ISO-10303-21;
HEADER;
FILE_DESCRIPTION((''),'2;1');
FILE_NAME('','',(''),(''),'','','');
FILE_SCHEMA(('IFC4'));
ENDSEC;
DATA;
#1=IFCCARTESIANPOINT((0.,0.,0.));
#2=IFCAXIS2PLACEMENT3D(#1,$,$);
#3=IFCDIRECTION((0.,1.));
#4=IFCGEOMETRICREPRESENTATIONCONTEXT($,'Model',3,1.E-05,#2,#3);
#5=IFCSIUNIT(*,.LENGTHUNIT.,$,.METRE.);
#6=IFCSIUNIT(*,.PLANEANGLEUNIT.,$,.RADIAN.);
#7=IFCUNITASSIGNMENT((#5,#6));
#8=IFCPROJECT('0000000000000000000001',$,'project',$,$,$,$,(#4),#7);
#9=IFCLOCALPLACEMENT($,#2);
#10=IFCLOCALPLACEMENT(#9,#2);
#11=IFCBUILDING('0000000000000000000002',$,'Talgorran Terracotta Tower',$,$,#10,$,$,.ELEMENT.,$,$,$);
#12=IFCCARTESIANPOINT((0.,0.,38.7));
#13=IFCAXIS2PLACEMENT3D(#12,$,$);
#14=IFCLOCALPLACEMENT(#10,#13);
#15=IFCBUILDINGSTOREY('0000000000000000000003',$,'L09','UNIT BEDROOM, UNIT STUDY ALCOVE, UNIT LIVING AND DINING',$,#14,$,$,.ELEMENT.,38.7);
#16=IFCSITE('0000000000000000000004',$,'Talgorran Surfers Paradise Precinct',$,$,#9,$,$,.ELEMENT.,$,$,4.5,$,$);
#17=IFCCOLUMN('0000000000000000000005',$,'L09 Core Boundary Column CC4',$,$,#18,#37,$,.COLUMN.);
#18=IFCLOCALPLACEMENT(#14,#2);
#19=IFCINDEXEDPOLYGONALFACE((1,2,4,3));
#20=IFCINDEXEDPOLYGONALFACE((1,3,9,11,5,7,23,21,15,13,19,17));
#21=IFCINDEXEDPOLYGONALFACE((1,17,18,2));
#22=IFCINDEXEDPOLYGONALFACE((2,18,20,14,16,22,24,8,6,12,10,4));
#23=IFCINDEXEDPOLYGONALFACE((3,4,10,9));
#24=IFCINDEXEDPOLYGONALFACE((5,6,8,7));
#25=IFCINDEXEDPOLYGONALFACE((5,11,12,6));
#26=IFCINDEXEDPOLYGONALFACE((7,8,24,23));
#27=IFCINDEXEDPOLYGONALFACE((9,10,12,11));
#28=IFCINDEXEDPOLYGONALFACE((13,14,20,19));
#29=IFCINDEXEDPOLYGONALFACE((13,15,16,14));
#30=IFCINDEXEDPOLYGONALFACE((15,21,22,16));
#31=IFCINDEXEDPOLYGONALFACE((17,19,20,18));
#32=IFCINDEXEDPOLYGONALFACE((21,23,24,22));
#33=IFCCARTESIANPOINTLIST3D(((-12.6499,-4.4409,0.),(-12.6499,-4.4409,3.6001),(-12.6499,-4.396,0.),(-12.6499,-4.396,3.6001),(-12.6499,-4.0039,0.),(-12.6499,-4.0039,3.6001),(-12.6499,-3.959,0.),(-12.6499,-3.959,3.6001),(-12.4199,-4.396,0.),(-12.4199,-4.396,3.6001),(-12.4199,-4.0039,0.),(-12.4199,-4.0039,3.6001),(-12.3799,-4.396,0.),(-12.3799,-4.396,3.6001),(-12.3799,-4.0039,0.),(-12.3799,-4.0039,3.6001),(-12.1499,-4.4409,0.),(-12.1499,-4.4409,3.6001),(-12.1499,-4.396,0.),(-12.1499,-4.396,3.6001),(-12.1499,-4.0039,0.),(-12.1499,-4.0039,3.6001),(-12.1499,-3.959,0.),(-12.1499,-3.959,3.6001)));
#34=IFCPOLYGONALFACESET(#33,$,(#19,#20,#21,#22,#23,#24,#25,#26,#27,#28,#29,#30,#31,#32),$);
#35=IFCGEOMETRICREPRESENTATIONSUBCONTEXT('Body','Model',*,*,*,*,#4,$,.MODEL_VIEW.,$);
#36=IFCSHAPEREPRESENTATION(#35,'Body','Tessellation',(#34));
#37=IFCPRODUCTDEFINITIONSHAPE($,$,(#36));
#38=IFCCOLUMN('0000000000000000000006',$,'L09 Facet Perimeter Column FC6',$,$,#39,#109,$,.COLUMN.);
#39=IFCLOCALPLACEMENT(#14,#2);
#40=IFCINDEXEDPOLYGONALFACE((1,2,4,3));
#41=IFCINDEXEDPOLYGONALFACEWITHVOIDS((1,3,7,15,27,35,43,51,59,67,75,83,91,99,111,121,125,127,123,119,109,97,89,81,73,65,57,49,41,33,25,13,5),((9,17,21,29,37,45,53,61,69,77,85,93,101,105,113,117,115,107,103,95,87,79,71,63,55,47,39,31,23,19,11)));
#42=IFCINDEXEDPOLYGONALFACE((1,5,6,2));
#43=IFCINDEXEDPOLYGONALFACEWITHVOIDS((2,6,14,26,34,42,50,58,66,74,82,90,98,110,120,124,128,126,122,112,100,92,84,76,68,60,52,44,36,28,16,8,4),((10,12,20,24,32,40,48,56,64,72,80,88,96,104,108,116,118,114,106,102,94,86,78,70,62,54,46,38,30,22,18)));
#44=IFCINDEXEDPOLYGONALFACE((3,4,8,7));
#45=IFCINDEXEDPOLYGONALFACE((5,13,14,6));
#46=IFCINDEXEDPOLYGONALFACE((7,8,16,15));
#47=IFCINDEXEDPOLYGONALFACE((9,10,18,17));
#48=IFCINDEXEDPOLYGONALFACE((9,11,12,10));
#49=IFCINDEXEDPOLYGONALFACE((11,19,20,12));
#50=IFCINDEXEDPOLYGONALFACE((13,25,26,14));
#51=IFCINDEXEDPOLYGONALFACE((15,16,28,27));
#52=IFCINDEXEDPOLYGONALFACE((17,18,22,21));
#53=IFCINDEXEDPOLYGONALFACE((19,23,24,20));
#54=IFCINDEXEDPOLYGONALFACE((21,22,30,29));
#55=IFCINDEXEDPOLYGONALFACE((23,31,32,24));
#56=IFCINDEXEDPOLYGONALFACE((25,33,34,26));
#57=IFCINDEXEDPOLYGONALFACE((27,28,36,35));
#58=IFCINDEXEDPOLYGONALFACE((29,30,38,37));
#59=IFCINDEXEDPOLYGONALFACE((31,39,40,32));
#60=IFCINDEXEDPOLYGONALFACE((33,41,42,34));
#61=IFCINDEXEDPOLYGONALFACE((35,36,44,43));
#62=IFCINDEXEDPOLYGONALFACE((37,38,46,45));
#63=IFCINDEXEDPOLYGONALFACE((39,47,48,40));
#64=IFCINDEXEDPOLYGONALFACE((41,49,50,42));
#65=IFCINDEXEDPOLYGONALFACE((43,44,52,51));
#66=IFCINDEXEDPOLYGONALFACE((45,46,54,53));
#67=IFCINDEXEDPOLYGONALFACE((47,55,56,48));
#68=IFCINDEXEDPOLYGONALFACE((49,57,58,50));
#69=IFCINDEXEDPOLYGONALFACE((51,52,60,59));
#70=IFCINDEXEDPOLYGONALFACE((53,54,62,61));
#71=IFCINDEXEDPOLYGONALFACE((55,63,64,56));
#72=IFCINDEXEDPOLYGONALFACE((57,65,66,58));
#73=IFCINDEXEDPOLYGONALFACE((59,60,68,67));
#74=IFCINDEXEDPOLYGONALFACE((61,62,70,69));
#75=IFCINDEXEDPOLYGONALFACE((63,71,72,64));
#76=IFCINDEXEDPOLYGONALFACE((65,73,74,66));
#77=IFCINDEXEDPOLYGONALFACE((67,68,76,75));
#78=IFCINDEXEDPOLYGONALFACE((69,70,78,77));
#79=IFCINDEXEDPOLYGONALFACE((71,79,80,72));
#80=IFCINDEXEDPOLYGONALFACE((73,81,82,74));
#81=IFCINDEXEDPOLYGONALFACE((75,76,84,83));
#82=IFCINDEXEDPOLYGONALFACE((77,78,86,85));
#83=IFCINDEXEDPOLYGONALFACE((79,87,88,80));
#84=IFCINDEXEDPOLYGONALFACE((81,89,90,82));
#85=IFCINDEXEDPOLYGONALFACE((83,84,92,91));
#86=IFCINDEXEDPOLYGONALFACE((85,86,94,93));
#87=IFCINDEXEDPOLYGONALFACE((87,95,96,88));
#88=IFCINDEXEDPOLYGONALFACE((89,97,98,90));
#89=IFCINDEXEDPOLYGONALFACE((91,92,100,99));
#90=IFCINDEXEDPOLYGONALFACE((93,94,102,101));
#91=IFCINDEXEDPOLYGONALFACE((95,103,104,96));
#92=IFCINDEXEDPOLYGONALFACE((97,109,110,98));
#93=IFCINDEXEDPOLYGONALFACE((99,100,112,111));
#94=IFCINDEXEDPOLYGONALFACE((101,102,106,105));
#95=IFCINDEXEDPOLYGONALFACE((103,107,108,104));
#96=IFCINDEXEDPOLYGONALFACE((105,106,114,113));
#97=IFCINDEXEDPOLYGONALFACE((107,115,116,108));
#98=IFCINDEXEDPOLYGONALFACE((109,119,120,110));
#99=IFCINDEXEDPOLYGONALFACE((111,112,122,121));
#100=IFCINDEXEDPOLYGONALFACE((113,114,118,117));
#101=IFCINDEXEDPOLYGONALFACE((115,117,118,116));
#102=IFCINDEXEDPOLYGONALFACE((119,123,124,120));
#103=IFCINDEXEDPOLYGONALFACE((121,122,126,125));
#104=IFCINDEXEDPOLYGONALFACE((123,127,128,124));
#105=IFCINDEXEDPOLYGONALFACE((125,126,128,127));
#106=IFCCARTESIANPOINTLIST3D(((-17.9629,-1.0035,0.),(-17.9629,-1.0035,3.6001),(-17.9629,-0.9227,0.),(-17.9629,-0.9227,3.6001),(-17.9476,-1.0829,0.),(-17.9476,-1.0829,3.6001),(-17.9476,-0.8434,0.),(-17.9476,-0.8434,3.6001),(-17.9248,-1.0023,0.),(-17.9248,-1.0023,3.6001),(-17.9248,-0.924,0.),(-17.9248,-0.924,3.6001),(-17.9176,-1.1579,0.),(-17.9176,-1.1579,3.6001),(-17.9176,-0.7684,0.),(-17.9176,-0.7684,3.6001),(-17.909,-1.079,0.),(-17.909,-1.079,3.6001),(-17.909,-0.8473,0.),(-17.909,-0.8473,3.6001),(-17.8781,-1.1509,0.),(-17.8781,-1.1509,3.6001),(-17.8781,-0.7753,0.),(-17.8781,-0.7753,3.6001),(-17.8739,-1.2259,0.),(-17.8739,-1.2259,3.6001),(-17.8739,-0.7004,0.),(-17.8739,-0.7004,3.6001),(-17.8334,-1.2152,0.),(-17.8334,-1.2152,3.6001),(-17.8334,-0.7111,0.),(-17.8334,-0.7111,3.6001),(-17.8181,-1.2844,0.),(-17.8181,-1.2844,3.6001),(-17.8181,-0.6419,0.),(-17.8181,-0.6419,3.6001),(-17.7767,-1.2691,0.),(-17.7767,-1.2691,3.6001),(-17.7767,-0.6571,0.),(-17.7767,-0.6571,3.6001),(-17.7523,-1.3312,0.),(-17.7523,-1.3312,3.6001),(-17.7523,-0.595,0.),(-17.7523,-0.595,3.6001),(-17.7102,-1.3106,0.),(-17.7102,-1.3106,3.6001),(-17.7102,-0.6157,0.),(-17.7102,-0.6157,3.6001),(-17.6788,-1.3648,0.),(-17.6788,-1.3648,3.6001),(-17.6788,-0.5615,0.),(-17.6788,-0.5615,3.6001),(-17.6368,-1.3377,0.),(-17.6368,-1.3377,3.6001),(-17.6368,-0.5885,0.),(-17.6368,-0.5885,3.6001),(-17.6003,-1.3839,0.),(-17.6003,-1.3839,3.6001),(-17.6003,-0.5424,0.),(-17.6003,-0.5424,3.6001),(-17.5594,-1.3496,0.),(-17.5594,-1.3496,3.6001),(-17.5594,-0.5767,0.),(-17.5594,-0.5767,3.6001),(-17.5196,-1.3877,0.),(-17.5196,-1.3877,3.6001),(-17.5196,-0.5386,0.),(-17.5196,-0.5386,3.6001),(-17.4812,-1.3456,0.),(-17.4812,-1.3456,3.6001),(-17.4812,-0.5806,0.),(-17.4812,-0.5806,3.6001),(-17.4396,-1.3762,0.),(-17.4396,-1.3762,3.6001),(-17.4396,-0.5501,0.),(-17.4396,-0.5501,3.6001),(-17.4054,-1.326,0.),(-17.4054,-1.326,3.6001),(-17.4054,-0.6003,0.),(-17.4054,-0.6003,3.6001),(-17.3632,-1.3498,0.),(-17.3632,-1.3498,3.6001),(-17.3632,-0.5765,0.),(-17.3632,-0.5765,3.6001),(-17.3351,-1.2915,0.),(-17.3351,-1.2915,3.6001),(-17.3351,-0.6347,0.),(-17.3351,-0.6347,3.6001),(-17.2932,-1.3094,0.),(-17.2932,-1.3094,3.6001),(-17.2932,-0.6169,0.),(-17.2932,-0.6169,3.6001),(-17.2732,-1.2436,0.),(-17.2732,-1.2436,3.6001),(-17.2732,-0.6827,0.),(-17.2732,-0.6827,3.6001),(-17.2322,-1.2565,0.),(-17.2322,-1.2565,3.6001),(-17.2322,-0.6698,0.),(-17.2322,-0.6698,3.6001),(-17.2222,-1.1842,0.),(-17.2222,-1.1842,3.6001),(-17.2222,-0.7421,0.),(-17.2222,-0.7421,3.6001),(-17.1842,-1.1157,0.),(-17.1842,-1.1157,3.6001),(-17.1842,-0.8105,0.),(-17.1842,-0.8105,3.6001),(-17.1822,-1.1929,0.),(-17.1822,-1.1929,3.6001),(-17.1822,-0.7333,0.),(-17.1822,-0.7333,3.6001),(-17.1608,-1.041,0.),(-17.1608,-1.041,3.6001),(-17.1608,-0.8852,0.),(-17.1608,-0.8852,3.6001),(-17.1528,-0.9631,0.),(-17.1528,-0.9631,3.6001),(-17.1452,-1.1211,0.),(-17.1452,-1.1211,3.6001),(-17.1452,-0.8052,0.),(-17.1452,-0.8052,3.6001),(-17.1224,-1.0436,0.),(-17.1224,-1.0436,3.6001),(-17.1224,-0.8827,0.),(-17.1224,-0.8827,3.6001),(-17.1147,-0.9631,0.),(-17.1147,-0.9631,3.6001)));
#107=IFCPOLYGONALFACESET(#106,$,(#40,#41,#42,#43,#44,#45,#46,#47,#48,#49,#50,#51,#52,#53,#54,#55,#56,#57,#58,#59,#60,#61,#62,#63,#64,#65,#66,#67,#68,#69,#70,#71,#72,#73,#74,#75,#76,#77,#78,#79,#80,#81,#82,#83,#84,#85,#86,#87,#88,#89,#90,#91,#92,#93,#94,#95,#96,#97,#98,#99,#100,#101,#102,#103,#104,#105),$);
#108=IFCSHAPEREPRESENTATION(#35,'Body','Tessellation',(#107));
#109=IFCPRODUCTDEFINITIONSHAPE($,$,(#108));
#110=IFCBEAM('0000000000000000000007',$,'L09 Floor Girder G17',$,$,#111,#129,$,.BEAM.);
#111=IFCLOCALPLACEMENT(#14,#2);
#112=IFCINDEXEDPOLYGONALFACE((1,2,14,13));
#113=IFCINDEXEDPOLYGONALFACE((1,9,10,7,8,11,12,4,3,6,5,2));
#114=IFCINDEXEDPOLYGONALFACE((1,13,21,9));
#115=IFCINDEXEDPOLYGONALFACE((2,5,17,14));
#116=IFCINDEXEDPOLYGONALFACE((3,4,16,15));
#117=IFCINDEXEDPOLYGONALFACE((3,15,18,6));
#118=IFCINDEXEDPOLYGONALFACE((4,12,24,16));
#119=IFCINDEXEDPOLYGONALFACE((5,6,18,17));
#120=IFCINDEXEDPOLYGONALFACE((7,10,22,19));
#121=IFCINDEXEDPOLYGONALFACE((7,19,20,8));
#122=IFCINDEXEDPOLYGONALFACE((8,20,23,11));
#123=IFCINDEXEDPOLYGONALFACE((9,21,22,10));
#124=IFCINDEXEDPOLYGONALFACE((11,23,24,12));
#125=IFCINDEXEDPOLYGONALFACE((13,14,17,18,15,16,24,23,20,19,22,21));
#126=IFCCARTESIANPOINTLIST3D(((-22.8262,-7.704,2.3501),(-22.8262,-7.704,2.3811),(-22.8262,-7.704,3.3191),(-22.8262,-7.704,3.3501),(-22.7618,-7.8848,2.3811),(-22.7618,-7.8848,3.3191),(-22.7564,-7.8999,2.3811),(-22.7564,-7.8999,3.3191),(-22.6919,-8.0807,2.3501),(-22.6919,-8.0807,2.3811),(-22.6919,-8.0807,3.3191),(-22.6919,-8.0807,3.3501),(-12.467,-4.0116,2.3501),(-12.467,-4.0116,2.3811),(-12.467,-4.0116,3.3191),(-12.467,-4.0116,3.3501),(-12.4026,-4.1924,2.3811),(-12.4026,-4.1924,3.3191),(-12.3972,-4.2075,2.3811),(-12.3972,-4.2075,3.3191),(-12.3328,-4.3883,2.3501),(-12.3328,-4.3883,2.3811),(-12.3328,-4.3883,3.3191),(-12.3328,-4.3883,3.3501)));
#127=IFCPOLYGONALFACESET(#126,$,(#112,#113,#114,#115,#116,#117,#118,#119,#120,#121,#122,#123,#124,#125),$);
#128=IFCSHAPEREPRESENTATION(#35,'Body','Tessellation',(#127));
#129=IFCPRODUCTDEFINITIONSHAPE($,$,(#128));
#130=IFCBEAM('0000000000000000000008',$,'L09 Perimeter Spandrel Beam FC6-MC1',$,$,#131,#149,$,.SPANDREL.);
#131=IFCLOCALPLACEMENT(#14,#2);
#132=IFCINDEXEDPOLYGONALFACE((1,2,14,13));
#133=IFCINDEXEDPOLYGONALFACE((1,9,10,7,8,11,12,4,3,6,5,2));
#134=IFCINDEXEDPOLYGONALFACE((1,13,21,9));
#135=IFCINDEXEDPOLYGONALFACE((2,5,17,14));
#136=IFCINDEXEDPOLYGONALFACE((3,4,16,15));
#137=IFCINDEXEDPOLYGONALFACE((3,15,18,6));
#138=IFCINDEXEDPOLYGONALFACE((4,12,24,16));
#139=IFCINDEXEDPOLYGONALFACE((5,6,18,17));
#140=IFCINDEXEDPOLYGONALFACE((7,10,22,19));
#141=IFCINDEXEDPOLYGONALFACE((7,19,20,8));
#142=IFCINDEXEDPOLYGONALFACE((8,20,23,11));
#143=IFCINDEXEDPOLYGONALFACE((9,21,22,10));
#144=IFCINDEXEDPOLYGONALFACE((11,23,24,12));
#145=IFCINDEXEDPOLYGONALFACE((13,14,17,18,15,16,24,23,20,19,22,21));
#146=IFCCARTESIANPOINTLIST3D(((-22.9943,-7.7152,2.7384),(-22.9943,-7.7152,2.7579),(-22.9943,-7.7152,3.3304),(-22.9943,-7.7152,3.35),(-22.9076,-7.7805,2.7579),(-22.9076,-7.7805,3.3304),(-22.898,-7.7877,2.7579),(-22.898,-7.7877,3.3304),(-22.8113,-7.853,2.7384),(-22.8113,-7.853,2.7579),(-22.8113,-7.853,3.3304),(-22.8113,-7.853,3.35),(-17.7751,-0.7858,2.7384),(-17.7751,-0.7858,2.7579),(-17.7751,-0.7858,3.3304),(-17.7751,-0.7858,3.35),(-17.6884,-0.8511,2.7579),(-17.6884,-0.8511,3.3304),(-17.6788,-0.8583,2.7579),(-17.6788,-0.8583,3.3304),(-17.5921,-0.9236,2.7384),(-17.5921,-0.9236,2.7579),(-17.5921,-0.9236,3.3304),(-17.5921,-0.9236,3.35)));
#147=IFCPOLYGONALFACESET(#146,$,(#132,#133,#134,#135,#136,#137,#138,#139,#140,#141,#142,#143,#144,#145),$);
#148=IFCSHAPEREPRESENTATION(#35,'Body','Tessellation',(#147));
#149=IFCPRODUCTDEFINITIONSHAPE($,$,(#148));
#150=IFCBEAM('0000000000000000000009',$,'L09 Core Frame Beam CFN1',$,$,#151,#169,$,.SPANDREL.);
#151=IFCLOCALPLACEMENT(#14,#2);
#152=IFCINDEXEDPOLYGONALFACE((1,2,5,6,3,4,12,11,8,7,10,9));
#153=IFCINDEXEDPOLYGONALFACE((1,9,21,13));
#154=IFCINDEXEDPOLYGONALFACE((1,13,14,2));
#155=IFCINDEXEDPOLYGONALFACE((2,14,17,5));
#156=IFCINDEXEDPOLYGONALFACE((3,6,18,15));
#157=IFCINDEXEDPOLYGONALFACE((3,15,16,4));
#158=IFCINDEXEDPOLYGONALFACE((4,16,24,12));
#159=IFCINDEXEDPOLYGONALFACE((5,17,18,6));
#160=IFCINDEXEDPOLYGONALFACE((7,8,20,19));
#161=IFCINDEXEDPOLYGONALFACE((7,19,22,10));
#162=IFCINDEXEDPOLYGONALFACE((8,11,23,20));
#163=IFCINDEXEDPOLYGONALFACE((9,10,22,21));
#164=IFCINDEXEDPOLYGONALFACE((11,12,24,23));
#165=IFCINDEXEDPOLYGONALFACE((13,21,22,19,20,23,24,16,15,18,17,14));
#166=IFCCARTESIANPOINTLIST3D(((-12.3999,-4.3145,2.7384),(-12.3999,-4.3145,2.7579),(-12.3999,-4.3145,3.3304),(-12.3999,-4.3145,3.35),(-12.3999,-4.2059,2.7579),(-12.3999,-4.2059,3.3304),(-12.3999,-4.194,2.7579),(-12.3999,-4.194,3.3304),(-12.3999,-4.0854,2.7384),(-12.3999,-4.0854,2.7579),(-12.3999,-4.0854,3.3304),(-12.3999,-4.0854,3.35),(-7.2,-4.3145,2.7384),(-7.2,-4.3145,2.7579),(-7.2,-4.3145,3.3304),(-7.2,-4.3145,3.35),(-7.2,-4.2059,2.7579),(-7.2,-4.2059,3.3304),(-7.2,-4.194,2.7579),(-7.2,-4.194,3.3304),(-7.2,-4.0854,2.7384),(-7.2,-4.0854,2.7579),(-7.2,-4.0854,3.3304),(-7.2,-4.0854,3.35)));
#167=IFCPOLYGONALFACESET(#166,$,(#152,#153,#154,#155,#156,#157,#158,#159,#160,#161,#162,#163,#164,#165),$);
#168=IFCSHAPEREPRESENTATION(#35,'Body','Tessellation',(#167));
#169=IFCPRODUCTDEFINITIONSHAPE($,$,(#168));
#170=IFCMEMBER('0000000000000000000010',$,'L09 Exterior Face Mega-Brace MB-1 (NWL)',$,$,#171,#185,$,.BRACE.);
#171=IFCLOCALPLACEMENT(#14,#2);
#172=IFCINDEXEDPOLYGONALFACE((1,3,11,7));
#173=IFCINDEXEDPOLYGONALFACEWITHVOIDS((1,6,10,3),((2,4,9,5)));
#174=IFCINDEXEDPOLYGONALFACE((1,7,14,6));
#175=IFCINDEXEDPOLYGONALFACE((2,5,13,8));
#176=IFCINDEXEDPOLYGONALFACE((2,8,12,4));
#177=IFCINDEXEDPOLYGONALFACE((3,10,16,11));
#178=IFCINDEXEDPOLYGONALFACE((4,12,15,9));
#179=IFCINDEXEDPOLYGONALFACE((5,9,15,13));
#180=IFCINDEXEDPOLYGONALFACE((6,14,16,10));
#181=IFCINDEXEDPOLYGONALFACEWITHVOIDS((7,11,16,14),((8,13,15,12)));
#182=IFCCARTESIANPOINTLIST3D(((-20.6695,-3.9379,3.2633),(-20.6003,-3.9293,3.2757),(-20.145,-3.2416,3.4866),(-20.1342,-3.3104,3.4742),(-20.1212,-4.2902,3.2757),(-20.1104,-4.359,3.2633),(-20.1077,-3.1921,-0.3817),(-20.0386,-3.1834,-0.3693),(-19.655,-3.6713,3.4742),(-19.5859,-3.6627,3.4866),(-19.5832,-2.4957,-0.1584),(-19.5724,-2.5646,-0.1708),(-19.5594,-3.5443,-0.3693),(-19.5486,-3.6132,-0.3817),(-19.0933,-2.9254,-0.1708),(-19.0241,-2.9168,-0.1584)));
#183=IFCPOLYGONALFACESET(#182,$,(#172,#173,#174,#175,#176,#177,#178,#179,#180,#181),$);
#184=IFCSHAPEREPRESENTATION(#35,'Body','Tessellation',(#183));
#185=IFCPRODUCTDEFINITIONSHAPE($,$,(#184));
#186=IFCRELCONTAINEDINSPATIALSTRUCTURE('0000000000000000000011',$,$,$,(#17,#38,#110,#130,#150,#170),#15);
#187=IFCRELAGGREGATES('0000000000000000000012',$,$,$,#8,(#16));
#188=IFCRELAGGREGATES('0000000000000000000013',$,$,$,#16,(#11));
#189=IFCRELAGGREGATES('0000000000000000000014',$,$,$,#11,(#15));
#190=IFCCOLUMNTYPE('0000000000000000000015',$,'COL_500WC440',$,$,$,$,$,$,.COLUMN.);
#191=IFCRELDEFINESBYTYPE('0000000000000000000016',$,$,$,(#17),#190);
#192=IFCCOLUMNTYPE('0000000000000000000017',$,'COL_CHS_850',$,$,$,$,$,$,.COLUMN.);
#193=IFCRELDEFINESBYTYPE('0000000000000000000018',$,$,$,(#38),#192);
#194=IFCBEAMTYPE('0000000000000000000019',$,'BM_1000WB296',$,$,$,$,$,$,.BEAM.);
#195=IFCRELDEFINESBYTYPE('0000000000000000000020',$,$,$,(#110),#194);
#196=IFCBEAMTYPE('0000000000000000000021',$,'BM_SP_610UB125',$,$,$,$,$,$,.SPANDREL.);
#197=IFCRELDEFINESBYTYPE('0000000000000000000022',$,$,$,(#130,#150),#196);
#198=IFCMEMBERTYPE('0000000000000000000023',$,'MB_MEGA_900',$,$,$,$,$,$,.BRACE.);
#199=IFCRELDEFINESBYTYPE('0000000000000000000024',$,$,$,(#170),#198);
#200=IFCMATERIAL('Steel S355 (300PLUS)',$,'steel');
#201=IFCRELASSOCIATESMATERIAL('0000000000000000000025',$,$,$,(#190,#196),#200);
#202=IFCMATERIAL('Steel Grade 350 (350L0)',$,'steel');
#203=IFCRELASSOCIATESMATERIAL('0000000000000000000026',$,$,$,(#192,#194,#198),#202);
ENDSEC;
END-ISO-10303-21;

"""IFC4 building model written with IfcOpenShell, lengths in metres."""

from ifc_helpers import new_model, si_unit, direction, frame, origin, origin_2d, place, context, subcontext, project, spatial, hollow_rectangle, hollow_circle, i_section, extrude, material, material_profile, profile_set, type_object, element, save


model = new_model("IFC4")

# Units and contexts
model_context = context("Model", 3, precision=1e-05, world=origin(), true_north=direction((0.0, 1.0)))
body_context = subcontext(model_context, "Body", "Model", "MODEL_VIEW")
ifc_project = project(units=[si_unit("LENGTHUNIT", "METRE"), si_unit("PLANEANGLEUNIT", "RADIAN")], contexts=[model_context])

# Site, building, storey
site_placement = place(None, origin())
site = spatial("IfcSite", under=ifc_project, at=site_placement, Name="Talgorran Surfers Paradise Precinct", CompositionType="ELEMENT", RefElevation=4.5)
building_placement = place(site_placement, origin())
building = spatial("IfcBuilding", under=site, at=building_placement, Name="Talgorran Terracotta Tower", CompositionType="ELEMENT")
storey_placement = place(building_placement, frame((0.0, 0.0, 38.7)))
storey = spatial("IfcBuildingStorey", under=building, at=storey_placement, Name="L09", Description="UNIT BEDROOM, UNIT STUDY ALCOVE, UNIT LIVING AND DINING", CompositionType="ELEMENT", Elevation=38.7)

# Columns
ifc_material_1 = material(Name="Steel S355 (300PLUS)", Category="steel")
ifc_material_profile_1 = material_profile(ifc_material_1, i_section(OverallWidth=0.5, OverallDepth=0.4819, WebThickness=0.04, FlangeThickness=0.0449, at=origin_2d()), Name="500WC440")
ifc_profile_set_1 = profile_set([ifc_material_profile_1], Name="Steel S355 (300PLUS)")
column_type_1 = type_object("IfcColumnType", Name="COL_500WC440", PredefinedType="COLUMN", material=ifc_profile_set_1)
column_1_placement = place(storey_placement, frame((-12.3999, -4.2, 0.0), z_axis=(0.0, 0.0, 1.0), x_axis=(1.0, 0.0, 0.0)))
element("IfcColumn", 1, at=column_1_placement, inside=storey, type_object=column_type_1, Name="L09 Core Boundary Column CC4", PredefinedType="COLUMN", context=body_context, shape_type="SweptSolid", body=[
    extrude(i_section(OverallWidth=0.5, OverallDepth=0.4819, WebThickness=0.04, FlangeThickness=0.0449, at=origin_2d()), origin(), (0.0, 0.0, 1.0), 3.6001),
])
ifc_material_2 = material(Name="Steel Grade 350 (350L0)", Category="steel")
ifc_material_profile_2 = material_profile(ifc_material_2, hollow_circle(Radius=0.425, WallThickness=0.0381, at=origin_2d()), Name="CHS850X38")
ifc_profile_set_2 = profile_set([ifc_material_profile_2], Name="Steel Grade 350 (350L0)")
column_type_2 = type_object("IfcColumnType", Name="COL_CHS_850", PredefinedType="COLUMN", material=ifc_profile_set_2)
column_2_placement = place(storey_placement, frame((-17.5398, -0.9631, 0.0), z_axis=(0.0, 0.0, 1.0), x_axis=(1.0, 0.0, 0.0)))
element("IfcColumn", 2, at=column_2_placement, inside=storey, type_object=column_type_2, Name="L09 Facet Perimeter Column FC6", PredefinedType="COLUMN", context=body_context, shape_type="SweptSolid", body=[
    extrude(hollow_circle(Radius=0.425, WallThickness=0.0381, at=origin_2d()), origin(), (0.0, 0.0, 1.0), 3.6001),
])

# Beams
ifc_material_profile_3 = material_profile(ifc_material_2, i_section(OverallWidth=0.3999, OverallDepth=1.0, WebThickness=0.0161, FlangeThickness=0.031, at=origin_2d()), Name="1000WB296")
ifc_profile_set_3 = profile_set([ifc_material_profile_3], Name="Steel Grade 350 (350L0)")
beam_type_1 = type_object("IfcBeamType", Name="BM_1000WB296", PredefinedType="BEAM", material=ifc_profile_set_3)
beam_1_placement = place(storey_placement, frame((-12.3999, -4.2, 2.8501), z_axis=(-0.941952, -0.335747, 0.0), x_axis=(0.335747, -0.941952, 0.0)))
element("IfcBeam", 3, at=beam_1_placement, inside=storey, type_object=beam_type_1, Name="L09 Floor Girder G17", PredefinedType="BEAM", context=body_context, shape_type="SweptSolid", body=[
    extrude(i_section(OverallWidth=0.3999, OverallDepth=1.0, WebThickness=0.0161, FlangeThickness=0.031, at=origin_2d()), origin(), (0.0, 0.0, 1.0), 10.9976),
])
ifc_material_profile_4 = material_profile(ifc_material_1, i_section(OverallWidth=0.229, OverallDepth=0.6116, WebThickness=0.012, FlangeThickness=0.0195, at=origin_2d()), Name="610UB125")
ifc_profile_set_4 = profile_set([ifc_material_profile_4], Name="Steel S355 (300PLUS)")
beam_type_2 = type_object("IfcBeamType", Name="BM_SP_610UB125", PredefinedType="SPANDREL", material=ifc_profile_set_4)
beam_2_placement = place(storey_placement, frame((-17.6836, -0.8547, 3.0442), z_axis=(-0.601633, -0.798772, 0.0), x_axis=(0.798772, -0.601633, 0.0)))
element("IfcBeam", 4, at=beam_2_placement, inside=storey, type_object=beam_type_2, Name="L09 Perimeter Spandrel Beam FC6-MC1", PredefinedType="SPANDREL", context=body_context, shape_type="SweptSolid", body=[
    extrude(i_section(OverallWidth=0.229, OverallDepth=0.6116, WebThickness=0.012, FlangeThickness=0.0195, at=origin_2d()), origin(), (0.0, 0.0, 1.0), 8.675),
])
beam_3_placement = place(storey_placement, frame((-12.3999, -4.2, 3.0442), z_axis=(1.0, 0.0, 0.0), x_axis=(0.0, 1.0, 0.0)))
element("IfcBeam", 5, at=beam_3_placement, inside=storey, type_object=beam_type_2, Name="L09 Core Frame Beam CFN1", PredefinedType="SPANDREL", context=body_context, shape_type="SweptSolid", body=[
    extrude(i_section(OverallWidth=0.229, OverallDepth=0.6116, WebThickness=0.012, FlangeThickness=0.0195, at=origin_2d()), origin(), (0.0, 0.0, 1.0), 5.2),
])

# Member
ifc_material_profile_5 = material_profile(ifc_material_2, hollow_rectangle(XDim=0.7, YDim=0.8999, WallThickness=0.05, at=origin_2d()), Name="WBOX900X700X50")
ifc_profile_set_5 = profile_set([ifc_material_profile_5], Name="Steel Grade 350 (350L0)")
member_type_1 = type_object("IfcMemberType", Name="MB_MEGA_900", PredefinedType="BRACE", material=ifc_profile_set_5)
member_1_placement = place(storey_placement, frame((-19.5659, -3.0544, -0.27), z_axis=(-0.149298, -0.198221, 0.96872), x_axis=(0.798775, -0.60163, 0.0)))
element("IfcMember", 6, at=member_1_placement, inside=storey, type_object=member_type_1, Name="L09 Exterior Face Mega-Brace MB-1 (NWL)", PredefinedType="BRACE", context=body_context, shape_type="SweptSolid", body=[
    extrude(hollow_rectangle(XDim=0.7, YDim=0.8999, WallThickness=0.05, at=origin_2d()), origin(), (0.0, 0.0, 1.0), 3.7627),
])

save(model, "model.ifc")
